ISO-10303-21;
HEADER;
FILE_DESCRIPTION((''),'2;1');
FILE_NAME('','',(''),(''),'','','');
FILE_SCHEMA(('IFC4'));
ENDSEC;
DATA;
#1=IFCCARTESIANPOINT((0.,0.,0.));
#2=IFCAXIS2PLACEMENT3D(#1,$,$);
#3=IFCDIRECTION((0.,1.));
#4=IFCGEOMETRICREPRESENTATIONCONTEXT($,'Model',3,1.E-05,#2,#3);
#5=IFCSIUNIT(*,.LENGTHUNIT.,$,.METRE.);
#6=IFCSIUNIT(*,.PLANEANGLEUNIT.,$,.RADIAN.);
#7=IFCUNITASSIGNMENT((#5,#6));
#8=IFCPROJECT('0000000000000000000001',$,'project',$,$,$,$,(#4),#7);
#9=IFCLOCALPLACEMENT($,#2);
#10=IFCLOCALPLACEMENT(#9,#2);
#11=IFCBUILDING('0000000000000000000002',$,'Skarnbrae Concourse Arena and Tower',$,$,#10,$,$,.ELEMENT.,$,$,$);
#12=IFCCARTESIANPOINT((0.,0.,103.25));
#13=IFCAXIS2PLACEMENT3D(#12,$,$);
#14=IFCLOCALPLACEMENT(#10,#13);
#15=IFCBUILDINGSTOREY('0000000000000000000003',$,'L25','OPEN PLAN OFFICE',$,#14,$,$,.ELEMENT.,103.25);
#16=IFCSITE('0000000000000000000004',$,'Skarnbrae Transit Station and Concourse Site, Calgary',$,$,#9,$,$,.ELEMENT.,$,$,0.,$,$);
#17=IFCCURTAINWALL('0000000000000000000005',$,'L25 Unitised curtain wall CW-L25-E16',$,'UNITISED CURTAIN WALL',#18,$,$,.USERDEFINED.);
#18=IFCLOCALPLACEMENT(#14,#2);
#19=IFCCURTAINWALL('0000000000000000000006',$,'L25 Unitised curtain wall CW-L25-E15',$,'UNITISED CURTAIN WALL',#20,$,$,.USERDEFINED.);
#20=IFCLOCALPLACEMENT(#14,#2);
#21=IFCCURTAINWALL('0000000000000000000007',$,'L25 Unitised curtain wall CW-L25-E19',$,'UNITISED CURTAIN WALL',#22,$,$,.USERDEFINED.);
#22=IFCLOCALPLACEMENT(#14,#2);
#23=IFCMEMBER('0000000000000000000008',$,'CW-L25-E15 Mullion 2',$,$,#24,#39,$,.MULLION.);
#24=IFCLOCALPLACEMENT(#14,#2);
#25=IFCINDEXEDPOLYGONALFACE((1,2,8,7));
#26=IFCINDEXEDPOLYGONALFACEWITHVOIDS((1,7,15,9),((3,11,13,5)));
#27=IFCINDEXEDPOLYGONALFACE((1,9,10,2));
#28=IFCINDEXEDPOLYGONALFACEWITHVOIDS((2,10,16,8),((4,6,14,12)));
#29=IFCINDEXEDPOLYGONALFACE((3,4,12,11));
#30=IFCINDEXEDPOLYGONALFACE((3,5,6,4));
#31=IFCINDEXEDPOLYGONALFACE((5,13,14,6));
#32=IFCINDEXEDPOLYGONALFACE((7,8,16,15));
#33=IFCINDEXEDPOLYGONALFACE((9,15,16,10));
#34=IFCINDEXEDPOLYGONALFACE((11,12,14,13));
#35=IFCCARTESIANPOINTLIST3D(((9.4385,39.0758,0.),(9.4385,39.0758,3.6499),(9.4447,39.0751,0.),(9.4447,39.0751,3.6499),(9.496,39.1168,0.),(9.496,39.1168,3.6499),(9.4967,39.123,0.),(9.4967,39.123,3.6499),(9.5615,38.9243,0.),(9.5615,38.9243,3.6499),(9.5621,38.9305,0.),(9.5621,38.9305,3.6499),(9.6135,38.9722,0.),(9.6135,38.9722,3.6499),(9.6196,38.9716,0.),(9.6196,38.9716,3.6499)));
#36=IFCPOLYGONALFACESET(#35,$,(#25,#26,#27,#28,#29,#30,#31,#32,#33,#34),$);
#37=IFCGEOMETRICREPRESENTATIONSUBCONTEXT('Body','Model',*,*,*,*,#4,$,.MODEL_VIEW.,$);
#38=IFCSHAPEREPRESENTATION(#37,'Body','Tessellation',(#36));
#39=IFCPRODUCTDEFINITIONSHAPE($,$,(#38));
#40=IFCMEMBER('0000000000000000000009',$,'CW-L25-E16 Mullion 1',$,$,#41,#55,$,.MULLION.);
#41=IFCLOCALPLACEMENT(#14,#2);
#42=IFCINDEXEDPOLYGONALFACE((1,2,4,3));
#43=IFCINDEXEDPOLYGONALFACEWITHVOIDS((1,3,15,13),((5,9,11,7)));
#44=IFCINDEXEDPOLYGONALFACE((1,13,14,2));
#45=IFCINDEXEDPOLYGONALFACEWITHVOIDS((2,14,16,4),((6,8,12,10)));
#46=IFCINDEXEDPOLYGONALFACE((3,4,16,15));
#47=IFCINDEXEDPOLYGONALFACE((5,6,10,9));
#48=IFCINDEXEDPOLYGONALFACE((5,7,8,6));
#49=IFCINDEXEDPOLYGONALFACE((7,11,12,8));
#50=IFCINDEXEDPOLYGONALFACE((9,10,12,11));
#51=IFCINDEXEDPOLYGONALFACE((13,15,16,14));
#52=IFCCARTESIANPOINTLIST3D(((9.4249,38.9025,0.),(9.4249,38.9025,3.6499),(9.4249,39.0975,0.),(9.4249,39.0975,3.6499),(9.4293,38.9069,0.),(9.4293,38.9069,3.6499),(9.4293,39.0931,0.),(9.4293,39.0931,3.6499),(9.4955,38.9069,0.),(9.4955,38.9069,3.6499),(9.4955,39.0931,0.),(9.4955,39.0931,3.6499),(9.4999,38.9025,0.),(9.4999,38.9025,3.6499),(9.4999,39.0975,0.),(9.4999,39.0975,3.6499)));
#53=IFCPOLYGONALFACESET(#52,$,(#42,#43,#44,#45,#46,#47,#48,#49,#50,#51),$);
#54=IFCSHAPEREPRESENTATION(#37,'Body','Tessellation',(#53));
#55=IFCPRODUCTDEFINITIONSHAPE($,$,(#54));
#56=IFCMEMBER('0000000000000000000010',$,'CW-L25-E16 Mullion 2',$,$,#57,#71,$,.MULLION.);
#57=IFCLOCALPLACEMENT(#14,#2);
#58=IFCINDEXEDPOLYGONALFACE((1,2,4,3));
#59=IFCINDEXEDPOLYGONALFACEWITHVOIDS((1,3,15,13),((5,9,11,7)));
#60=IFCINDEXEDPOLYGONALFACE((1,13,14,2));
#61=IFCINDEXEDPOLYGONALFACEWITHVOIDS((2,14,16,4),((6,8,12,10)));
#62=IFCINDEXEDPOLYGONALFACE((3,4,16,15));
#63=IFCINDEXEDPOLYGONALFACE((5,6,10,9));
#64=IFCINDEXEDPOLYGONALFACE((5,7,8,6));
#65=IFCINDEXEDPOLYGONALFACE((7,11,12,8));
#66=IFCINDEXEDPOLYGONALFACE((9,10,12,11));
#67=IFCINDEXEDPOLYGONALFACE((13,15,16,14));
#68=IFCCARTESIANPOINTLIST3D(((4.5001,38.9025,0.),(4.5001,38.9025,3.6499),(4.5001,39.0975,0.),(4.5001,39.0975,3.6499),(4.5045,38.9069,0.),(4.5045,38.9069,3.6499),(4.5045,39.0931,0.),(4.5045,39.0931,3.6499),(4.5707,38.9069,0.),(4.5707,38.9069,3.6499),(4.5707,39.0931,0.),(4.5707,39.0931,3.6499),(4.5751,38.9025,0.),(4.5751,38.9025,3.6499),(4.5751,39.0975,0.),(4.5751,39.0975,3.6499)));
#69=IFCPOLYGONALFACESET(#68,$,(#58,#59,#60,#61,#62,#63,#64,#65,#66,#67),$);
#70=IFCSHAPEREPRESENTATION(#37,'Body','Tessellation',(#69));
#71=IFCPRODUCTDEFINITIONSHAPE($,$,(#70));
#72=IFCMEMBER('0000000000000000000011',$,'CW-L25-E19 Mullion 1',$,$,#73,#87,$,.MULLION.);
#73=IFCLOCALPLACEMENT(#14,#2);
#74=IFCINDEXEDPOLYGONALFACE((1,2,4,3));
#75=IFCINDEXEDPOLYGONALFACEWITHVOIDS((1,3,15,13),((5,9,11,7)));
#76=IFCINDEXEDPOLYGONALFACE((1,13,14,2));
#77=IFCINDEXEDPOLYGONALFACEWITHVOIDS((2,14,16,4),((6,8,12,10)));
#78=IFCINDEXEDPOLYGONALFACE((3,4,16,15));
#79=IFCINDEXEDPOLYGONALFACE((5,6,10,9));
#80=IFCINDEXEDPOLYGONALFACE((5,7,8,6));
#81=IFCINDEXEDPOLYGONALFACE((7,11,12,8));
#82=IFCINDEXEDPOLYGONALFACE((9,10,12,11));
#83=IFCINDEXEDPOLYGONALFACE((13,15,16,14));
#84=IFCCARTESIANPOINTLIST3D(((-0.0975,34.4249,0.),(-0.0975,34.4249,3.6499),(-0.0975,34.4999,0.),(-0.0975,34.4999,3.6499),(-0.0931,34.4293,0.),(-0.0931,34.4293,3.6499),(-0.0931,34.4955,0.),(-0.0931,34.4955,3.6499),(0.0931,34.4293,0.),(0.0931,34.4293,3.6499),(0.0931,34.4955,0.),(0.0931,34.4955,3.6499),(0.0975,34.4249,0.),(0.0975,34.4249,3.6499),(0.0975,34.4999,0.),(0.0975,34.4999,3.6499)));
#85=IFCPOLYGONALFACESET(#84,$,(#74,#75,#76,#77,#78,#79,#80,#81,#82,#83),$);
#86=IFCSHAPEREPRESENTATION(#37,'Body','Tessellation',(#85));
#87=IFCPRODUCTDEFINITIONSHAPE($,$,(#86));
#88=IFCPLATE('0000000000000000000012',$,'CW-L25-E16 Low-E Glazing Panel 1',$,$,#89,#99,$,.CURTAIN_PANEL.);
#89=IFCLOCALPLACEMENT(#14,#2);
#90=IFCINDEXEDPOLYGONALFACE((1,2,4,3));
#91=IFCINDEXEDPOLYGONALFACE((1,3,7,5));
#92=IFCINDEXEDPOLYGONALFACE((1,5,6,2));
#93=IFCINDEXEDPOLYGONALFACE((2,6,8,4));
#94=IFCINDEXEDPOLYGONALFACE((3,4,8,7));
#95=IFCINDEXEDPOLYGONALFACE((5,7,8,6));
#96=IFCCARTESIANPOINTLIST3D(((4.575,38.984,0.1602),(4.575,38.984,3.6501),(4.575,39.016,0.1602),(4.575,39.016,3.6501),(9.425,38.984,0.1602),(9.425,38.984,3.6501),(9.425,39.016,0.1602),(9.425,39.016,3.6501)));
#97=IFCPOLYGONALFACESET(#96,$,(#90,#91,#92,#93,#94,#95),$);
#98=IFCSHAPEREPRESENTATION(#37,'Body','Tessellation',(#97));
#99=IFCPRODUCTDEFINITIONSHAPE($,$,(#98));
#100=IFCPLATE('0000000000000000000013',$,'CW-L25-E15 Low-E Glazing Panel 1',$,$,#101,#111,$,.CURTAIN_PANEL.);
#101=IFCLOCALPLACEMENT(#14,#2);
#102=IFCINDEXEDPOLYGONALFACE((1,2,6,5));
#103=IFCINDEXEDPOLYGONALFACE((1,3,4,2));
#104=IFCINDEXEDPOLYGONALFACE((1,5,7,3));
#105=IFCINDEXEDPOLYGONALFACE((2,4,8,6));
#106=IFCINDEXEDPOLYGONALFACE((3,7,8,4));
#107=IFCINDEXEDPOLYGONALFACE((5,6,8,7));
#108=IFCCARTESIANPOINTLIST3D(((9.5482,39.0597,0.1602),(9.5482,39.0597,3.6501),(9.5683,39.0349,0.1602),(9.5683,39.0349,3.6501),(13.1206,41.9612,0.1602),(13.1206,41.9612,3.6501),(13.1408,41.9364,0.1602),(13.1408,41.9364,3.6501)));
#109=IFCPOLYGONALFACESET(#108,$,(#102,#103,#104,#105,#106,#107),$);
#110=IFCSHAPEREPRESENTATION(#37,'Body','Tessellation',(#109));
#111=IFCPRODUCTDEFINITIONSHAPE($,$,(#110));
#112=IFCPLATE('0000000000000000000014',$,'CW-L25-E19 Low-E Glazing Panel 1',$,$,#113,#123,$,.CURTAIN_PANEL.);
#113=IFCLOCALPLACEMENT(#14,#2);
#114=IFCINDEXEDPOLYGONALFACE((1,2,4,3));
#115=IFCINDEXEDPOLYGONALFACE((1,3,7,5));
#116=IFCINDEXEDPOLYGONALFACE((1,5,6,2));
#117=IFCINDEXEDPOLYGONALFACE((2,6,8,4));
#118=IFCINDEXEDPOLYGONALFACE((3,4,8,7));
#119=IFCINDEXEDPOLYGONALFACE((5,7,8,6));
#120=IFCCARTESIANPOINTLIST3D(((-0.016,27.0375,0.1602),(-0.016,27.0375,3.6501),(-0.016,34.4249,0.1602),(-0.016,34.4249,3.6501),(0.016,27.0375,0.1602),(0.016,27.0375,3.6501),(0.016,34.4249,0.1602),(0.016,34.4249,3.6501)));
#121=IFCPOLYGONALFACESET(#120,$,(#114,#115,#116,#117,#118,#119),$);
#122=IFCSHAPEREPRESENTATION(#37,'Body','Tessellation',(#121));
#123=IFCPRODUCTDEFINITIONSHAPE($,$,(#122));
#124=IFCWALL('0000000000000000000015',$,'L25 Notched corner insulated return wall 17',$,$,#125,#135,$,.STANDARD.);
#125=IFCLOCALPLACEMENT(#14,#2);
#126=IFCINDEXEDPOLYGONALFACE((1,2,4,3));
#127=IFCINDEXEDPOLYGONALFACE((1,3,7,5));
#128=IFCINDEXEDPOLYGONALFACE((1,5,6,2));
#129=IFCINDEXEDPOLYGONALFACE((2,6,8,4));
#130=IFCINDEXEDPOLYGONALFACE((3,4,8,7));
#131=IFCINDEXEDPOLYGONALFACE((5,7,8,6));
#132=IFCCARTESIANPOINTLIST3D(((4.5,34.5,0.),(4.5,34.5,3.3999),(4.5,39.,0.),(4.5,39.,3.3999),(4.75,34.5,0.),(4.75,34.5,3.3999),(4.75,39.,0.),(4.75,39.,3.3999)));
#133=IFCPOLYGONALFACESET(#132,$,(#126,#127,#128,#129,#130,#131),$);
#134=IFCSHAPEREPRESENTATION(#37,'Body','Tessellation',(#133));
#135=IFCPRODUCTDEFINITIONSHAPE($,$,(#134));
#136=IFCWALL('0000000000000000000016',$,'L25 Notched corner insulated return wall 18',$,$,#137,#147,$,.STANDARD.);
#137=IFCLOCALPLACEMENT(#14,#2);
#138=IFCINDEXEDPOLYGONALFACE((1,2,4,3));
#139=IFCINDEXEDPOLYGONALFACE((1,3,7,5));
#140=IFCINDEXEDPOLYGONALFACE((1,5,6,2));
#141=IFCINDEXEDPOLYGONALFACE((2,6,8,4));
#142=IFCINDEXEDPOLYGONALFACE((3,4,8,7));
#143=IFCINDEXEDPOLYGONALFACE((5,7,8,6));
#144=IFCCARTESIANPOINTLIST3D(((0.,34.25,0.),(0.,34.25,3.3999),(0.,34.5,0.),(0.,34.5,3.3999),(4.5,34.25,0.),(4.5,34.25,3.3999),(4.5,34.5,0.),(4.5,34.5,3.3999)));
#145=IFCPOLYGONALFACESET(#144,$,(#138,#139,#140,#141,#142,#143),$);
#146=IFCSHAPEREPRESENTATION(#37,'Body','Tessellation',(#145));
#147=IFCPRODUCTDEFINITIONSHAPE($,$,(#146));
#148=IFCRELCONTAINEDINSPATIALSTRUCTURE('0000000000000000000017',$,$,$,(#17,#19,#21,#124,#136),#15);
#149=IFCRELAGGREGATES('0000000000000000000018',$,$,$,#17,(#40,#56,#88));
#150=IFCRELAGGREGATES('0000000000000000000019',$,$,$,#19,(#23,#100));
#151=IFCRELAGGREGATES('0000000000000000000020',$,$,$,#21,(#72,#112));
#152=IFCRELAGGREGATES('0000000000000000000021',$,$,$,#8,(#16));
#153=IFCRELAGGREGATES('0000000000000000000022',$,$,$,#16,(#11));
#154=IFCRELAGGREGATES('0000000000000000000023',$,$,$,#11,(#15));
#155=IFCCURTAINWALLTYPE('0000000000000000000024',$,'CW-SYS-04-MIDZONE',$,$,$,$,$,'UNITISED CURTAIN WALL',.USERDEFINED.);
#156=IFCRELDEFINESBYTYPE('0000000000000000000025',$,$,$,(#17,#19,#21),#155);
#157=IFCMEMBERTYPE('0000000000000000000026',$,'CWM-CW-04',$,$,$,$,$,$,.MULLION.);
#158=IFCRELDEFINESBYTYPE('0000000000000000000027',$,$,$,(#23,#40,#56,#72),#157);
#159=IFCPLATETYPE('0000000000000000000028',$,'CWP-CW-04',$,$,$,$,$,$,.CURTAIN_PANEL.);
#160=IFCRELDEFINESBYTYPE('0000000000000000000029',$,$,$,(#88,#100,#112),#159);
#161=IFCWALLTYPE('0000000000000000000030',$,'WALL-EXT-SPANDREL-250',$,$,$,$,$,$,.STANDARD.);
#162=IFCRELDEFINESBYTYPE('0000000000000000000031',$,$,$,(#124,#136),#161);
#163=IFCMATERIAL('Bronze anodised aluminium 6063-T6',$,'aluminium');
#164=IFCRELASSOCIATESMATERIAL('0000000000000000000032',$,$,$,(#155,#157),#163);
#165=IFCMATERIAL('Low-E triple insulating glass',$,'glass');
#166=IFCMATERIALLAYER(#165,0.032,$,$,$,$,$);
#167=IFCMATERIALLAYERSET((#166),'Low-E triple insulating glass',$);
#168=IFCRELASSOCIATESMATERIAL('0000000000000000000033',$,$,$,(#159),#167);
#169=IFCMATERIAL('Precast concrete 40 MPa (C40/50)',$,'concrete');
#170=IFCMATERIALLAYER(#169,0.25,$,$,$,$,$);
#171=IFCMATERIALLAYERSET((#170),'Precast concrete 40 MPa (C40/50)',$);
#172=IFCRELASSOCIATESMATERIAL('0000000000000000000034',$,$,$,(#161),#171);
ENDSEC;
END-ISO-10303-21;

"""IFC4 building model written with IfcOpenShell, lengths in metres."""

from ifc_helpers import new_model, si_unit, direction, frame, frame_2d, origin, origin_2d, place, context, subcontext, project, spatial, rectangle, hollow_rectangle, extrude, source, transform, mapped, material, layer, layer_set, material_profile, profile_set, type_object, element, aggregate, save


model = new_model("IFC4")

# Units and contexts
model_context = context("Model", 3, precision=1e-05, world=origin(), true_north=direction((0.0, 1.0)))
body_context = subcontext(model_context, "Body", "Model", "MODEL_VIEW")
ifc_project = project(units=[si_unit("LENGTHUNIT", "METRE"), si_unit("PLANEANGLEUNIT", "RADIAN")], contexts=[model_context])

# Site, building, storey
site_placement = place(None, origin())
site = spatial("IfcSite", under=ifc_project, at=site_placement, Name="Skarnbrae Transit Station and Concourse Site, Calgary", CompositionType="ELEMENT", RefElevation=0.0)
building_placement = place(site_placement, origin())
building = spatial("IfcBuilding", under=site, at=building_placement, Name="Skarnbrae Concourse Arena and Tower", CompositionType="ELEMENT")
storey_placement = place(building_placement, frame((0.0, 0.0, 103.25)))
storey = spatial("IfcBuildingStorey", under=building, at=storey_placement, Name="L25", Description="OPEN PLAN OFFICE", CompositionType="ELEMENT", Elevation=103.25)

# Curtain walls
ifc_material_1 = material(Name="Bronze anodised aluminium 6063-T6", Category="aluminium")
curtain_wall_type_1 = type_object("IfcCurtainWallType", Name="CW-SYS-04-MIDZONE", ElementType="UNITISED CURTAIN WALL", PredefinedType="USERDEFINED", material=ifc_material_1)
curtain_wall_1_placement = place(storey_placement, origin())
curtain_wall_1 = element("IfcCurtainWall", 1, at=curtain_wall_1_placement, inside=storey, type_object=curtain_wall_type_1, Name="L25 Unitised curtain wall CW-L25-E16", ObjectType="UNITISED CURTAIN WALL", PredefinedType="USERDEFINED")
curtain_wall_2_placement = place(storey_placement, origin())
curtain_wall_2 = element("IfcCurtainWall", 2, at=curtain_wall_2_placement, inside=storey, type_object=curtain_wall_type_1, Name="L25 Unitised curtain wall CW-L25-E15", ObjectType="UNITISED CURTAIN WALL", PredefinedType="USERDEFINED")
curtain_wall_3_placement = place(storey_placement, origin())
curtain_wall_3 = element("IfcCurtainWall", 3, at=curtain_wall_3_placement, inside=storey, type_object=curtain_wall_type_1, Name="L25 Unitised curtain wall CW-L25-E19", ObjectType="UNITISED CURTAIN WALL", PredefinedType="USERDEFINED")

# Members
ifc_material_profile_1 = material_profile(ifc_material_1, hollow_rectangle(XDim=0.075, YDim=0.1951, WallThickness=0.0044, at=origin_2d()), Name="ALU-MULL-75X195")
ifc_profile_set_1 = profile_set([ifc_material_profile_1], Name="Bronze anodised aluminium 6063-T6")
member_type_1 = type_object("IfcMemberType", Name="CWM-CW-04", PredefinedType="MULLION", material=ifc_profile_set_1)
shared_shape_1 = source(origin(), body_context, "Body", "SweptSolid", [
    extrude(hollow_rectangle(XDim=0.075, YDim=0.1951, WallThickness=0.0044, at=origin_2d()), origin(), (0.0, 0.0, 1.0), 3.6499),
])
member_1_placement = place(storey_placement, frame((9.5291, 39.0237, 0.0), z_axis=(0.0, 0.0, 1.0), x_axis=(-0.776241, -0.630436, 0.0)))
member_1 = element("IfcMember", 4, at=member_1_placement, type_object=member_type_1, Name="CW-L25-E15 Mullion 2", PredefinedType="MULLION", context=body_context, shape_type="MappedRepresentation", body=[
    mapped(shared_shape_1, transform((0.0, 0.0, 0.0))),
])
member_2_placement = place(storey_placement, frame((9.4624, 39.0, 0.0), z_axis=(0.0, 0.0, 1.0), x_axis=(-1.0, 0.0, 0.0)))
member_2 = element("IfcMember", 5, at=member_2_placement, type_object=member_type_1, Name="CW-L25-E16 Mullion 1", PredefinedType="MULLION", context=body_context, shape_type="MappedRepresentation", body=[
    mapped(shared_shape_1, transform((0.0, 0.0, 0.0))),
])
member_3_placement = place(storey_placement, frame((4.5376, 39.0, 0.0), z_axis=(0.0, 0.0, 1.0), x_axis=(-1.0, 0.0, 0.0)))
member_3 = element("IfcMember", 6, at=member_3_placement, type_object=member_type_1, Name="CW-L25-E16 Mullion 2", PredefinedType="MULLION", context=body_context, shape_type="MappedRepresentation", body=[
    mapped(shared_shape_1, transform((0.0, 0.0, 0.0))),
])
member_4_placement = place(storey_placement, frame((0.0, 34.4624, 0.0), z_axis=(0.0, 0.0, 1.0), x_axis=(0.0, -1.0, 0.0)))
member_4 = element("IfcMember", 7, at=member_4_placement, type_object=member_type_1, Name="CW-L25-E19 Mullion 1", PredefinedType="MULLION", context=body_context, shape_type="MappedRepresentation", body=[
    mapped(shared_shape_1, transform((0.0, 0.0, 0.0))),
])

# Plates
ifc_material_2 = material(Name="Low-E triple insulating glass", Category="glass")
ifc_layer_1 = layer(ifc_material_2, 0.032)
ifc_layer_set_1 = layer_set([ifc_layer_1], Name="Low-E triple insulating glass")
plate_type = type_object("IfcPlateType", Name="CWP-CW-04", PredefinedType="CURTAIN_PANEL", material=ifc_layer_set_1)
shared_shape_2 = source(origin(), body_context, "Body", "SweptSolid", [
    extrude(rectangle(XDim=4.8501, YDim=0.032, at=origin_2d()), origin(), (0.0, 0.0, 1.0), 3.49),
])
plate_1_placement = place(storey_placement, frame((7.0, 39.0, 0.1602), z_axis=(0.0, 0.0, 1.0), x_axis=(-1.0, 0.0, 0.0)))
plate_1 = element("IfcPlate", 8, at=plate_1_placement, type_object=plate_type, Name="CW-L25-E16 Low-E Glazing Panel 1", PredefinedType="CURTAIN_PANEL", context=body_context, shape_type="MappedRepresentation", body=[
    mapped(shared_shape_2, transform((0.0, 0.0, 0.0))),
])
aggregate(curtain_wall_1, [member_2, member_3, plate_1])
shared_shape_3 = source(origin(), body_context, "Body", "SweptSolid", [
    extrude(rectangle(XDim=4.6023, YDim=0.032, at=origin_2d()), origin(), (0.0, 0.0, 1.0), 3.49),
])
plate_2_placement = place(storey_placement, frame((11.3445, 40.498, 0.1602), z_axis=(0.0, 0.0, 1.0), x_axis=(-0.776241, -0.630436, 0.0)))
plate_2 = element("IfcPlate", 9, at=plate_2_placement, type_object=plate_type, Name="CW-L25-E15 Low-E Glazing Panel 1", PredefinedType="CURTAIN_PANEL", context=body_context, shape_type="MappedRepresentation", body=[
    mapped(shared_shape_3, transform((0.0, 0.0, 0.0))),
])
aggregate(curtain_wall_2, [member_1, plate_2])
shared_shape_4 = source(origin(), body_context, "Body", "SweptSolid", [
    extrude(rectangle(XDim=7.3875, YDim=0.032, at=origin_2d()), origin(), (0.0, 0.0, 1.0), 3.49),
])
plate_3_placement = place(storey_placement, frame((0.0, 30.7312, 0.1602), z_axis=(0.0, 0.0, 1.0), x_axis=(0.0, -1.0, 0.0)))
plate_3 = element("IfcPlate", 10, at=plate_3_placement, type_object=plate_type, Name="CW-L25-E19 Low-E Glazing Panel 1", PredefinedType="CURTAIN_PANEL", context=body_context, shape_type="MappedRepresentation", body=[
    mapped(shared_shape_4, transform((0.0, 0.0, 0.0))),
])
aggregate(curtain_wall_3, [member_4, plate_3])

# Walls
ifc_material_3 = material(Name="Precast concrete 40 MPa (C40/50)", Category="concrete")
ifc_layer_2 = layer(ifc_material_3, 0.25)
ifc_layer_set_2 = layer_set([ifc_layer_2], Name="Precast concrete 40 MPa (C40/50)")
wall_type_1 = type_object("IfcWallType", Name="WALL-EXT-SPANDREL-250", PredefinedType="STANDARD", material=ifc_layer_set_2)
shared_shape_5 = source(origin(), body_context, "Body", "SweptSolid", [
    extrude(rectangle(XDim=4.5, YDim=0.25, at=frame_2d((2.25, 0.0))), origin(), (0.0, 0.0, 1.0), 3.3999),
])
for number, where, z_axis, x_axis, name in (
    (11, (4.625, 39.0, 0.0), (0.0, 0.0, 1.0), (0.0, -1.0, 0.0), "L25 Notched corner insulated return wall 17"),
    (12, (4.5, 34.375, 0.0), (0.0, 0.0, 1.0), (-1.0, 0.0, 0.0), "L25 Notched corner insulated return wall 18"),
):
    element("IfcWall", number, at=place(storey_placement, frame(where, z_axis=z_axis, x_axis=x_axis)), inside=storey, type_object=wall_type_1, Name=name, PredefinedType="STANDARD", context=body_context, shape_type="MappedRepresentation", body=[
        mapped(shared_shape_5, transform((0.0, 0.0, 0.0))),
    ])

save(model, "model.ifc")
